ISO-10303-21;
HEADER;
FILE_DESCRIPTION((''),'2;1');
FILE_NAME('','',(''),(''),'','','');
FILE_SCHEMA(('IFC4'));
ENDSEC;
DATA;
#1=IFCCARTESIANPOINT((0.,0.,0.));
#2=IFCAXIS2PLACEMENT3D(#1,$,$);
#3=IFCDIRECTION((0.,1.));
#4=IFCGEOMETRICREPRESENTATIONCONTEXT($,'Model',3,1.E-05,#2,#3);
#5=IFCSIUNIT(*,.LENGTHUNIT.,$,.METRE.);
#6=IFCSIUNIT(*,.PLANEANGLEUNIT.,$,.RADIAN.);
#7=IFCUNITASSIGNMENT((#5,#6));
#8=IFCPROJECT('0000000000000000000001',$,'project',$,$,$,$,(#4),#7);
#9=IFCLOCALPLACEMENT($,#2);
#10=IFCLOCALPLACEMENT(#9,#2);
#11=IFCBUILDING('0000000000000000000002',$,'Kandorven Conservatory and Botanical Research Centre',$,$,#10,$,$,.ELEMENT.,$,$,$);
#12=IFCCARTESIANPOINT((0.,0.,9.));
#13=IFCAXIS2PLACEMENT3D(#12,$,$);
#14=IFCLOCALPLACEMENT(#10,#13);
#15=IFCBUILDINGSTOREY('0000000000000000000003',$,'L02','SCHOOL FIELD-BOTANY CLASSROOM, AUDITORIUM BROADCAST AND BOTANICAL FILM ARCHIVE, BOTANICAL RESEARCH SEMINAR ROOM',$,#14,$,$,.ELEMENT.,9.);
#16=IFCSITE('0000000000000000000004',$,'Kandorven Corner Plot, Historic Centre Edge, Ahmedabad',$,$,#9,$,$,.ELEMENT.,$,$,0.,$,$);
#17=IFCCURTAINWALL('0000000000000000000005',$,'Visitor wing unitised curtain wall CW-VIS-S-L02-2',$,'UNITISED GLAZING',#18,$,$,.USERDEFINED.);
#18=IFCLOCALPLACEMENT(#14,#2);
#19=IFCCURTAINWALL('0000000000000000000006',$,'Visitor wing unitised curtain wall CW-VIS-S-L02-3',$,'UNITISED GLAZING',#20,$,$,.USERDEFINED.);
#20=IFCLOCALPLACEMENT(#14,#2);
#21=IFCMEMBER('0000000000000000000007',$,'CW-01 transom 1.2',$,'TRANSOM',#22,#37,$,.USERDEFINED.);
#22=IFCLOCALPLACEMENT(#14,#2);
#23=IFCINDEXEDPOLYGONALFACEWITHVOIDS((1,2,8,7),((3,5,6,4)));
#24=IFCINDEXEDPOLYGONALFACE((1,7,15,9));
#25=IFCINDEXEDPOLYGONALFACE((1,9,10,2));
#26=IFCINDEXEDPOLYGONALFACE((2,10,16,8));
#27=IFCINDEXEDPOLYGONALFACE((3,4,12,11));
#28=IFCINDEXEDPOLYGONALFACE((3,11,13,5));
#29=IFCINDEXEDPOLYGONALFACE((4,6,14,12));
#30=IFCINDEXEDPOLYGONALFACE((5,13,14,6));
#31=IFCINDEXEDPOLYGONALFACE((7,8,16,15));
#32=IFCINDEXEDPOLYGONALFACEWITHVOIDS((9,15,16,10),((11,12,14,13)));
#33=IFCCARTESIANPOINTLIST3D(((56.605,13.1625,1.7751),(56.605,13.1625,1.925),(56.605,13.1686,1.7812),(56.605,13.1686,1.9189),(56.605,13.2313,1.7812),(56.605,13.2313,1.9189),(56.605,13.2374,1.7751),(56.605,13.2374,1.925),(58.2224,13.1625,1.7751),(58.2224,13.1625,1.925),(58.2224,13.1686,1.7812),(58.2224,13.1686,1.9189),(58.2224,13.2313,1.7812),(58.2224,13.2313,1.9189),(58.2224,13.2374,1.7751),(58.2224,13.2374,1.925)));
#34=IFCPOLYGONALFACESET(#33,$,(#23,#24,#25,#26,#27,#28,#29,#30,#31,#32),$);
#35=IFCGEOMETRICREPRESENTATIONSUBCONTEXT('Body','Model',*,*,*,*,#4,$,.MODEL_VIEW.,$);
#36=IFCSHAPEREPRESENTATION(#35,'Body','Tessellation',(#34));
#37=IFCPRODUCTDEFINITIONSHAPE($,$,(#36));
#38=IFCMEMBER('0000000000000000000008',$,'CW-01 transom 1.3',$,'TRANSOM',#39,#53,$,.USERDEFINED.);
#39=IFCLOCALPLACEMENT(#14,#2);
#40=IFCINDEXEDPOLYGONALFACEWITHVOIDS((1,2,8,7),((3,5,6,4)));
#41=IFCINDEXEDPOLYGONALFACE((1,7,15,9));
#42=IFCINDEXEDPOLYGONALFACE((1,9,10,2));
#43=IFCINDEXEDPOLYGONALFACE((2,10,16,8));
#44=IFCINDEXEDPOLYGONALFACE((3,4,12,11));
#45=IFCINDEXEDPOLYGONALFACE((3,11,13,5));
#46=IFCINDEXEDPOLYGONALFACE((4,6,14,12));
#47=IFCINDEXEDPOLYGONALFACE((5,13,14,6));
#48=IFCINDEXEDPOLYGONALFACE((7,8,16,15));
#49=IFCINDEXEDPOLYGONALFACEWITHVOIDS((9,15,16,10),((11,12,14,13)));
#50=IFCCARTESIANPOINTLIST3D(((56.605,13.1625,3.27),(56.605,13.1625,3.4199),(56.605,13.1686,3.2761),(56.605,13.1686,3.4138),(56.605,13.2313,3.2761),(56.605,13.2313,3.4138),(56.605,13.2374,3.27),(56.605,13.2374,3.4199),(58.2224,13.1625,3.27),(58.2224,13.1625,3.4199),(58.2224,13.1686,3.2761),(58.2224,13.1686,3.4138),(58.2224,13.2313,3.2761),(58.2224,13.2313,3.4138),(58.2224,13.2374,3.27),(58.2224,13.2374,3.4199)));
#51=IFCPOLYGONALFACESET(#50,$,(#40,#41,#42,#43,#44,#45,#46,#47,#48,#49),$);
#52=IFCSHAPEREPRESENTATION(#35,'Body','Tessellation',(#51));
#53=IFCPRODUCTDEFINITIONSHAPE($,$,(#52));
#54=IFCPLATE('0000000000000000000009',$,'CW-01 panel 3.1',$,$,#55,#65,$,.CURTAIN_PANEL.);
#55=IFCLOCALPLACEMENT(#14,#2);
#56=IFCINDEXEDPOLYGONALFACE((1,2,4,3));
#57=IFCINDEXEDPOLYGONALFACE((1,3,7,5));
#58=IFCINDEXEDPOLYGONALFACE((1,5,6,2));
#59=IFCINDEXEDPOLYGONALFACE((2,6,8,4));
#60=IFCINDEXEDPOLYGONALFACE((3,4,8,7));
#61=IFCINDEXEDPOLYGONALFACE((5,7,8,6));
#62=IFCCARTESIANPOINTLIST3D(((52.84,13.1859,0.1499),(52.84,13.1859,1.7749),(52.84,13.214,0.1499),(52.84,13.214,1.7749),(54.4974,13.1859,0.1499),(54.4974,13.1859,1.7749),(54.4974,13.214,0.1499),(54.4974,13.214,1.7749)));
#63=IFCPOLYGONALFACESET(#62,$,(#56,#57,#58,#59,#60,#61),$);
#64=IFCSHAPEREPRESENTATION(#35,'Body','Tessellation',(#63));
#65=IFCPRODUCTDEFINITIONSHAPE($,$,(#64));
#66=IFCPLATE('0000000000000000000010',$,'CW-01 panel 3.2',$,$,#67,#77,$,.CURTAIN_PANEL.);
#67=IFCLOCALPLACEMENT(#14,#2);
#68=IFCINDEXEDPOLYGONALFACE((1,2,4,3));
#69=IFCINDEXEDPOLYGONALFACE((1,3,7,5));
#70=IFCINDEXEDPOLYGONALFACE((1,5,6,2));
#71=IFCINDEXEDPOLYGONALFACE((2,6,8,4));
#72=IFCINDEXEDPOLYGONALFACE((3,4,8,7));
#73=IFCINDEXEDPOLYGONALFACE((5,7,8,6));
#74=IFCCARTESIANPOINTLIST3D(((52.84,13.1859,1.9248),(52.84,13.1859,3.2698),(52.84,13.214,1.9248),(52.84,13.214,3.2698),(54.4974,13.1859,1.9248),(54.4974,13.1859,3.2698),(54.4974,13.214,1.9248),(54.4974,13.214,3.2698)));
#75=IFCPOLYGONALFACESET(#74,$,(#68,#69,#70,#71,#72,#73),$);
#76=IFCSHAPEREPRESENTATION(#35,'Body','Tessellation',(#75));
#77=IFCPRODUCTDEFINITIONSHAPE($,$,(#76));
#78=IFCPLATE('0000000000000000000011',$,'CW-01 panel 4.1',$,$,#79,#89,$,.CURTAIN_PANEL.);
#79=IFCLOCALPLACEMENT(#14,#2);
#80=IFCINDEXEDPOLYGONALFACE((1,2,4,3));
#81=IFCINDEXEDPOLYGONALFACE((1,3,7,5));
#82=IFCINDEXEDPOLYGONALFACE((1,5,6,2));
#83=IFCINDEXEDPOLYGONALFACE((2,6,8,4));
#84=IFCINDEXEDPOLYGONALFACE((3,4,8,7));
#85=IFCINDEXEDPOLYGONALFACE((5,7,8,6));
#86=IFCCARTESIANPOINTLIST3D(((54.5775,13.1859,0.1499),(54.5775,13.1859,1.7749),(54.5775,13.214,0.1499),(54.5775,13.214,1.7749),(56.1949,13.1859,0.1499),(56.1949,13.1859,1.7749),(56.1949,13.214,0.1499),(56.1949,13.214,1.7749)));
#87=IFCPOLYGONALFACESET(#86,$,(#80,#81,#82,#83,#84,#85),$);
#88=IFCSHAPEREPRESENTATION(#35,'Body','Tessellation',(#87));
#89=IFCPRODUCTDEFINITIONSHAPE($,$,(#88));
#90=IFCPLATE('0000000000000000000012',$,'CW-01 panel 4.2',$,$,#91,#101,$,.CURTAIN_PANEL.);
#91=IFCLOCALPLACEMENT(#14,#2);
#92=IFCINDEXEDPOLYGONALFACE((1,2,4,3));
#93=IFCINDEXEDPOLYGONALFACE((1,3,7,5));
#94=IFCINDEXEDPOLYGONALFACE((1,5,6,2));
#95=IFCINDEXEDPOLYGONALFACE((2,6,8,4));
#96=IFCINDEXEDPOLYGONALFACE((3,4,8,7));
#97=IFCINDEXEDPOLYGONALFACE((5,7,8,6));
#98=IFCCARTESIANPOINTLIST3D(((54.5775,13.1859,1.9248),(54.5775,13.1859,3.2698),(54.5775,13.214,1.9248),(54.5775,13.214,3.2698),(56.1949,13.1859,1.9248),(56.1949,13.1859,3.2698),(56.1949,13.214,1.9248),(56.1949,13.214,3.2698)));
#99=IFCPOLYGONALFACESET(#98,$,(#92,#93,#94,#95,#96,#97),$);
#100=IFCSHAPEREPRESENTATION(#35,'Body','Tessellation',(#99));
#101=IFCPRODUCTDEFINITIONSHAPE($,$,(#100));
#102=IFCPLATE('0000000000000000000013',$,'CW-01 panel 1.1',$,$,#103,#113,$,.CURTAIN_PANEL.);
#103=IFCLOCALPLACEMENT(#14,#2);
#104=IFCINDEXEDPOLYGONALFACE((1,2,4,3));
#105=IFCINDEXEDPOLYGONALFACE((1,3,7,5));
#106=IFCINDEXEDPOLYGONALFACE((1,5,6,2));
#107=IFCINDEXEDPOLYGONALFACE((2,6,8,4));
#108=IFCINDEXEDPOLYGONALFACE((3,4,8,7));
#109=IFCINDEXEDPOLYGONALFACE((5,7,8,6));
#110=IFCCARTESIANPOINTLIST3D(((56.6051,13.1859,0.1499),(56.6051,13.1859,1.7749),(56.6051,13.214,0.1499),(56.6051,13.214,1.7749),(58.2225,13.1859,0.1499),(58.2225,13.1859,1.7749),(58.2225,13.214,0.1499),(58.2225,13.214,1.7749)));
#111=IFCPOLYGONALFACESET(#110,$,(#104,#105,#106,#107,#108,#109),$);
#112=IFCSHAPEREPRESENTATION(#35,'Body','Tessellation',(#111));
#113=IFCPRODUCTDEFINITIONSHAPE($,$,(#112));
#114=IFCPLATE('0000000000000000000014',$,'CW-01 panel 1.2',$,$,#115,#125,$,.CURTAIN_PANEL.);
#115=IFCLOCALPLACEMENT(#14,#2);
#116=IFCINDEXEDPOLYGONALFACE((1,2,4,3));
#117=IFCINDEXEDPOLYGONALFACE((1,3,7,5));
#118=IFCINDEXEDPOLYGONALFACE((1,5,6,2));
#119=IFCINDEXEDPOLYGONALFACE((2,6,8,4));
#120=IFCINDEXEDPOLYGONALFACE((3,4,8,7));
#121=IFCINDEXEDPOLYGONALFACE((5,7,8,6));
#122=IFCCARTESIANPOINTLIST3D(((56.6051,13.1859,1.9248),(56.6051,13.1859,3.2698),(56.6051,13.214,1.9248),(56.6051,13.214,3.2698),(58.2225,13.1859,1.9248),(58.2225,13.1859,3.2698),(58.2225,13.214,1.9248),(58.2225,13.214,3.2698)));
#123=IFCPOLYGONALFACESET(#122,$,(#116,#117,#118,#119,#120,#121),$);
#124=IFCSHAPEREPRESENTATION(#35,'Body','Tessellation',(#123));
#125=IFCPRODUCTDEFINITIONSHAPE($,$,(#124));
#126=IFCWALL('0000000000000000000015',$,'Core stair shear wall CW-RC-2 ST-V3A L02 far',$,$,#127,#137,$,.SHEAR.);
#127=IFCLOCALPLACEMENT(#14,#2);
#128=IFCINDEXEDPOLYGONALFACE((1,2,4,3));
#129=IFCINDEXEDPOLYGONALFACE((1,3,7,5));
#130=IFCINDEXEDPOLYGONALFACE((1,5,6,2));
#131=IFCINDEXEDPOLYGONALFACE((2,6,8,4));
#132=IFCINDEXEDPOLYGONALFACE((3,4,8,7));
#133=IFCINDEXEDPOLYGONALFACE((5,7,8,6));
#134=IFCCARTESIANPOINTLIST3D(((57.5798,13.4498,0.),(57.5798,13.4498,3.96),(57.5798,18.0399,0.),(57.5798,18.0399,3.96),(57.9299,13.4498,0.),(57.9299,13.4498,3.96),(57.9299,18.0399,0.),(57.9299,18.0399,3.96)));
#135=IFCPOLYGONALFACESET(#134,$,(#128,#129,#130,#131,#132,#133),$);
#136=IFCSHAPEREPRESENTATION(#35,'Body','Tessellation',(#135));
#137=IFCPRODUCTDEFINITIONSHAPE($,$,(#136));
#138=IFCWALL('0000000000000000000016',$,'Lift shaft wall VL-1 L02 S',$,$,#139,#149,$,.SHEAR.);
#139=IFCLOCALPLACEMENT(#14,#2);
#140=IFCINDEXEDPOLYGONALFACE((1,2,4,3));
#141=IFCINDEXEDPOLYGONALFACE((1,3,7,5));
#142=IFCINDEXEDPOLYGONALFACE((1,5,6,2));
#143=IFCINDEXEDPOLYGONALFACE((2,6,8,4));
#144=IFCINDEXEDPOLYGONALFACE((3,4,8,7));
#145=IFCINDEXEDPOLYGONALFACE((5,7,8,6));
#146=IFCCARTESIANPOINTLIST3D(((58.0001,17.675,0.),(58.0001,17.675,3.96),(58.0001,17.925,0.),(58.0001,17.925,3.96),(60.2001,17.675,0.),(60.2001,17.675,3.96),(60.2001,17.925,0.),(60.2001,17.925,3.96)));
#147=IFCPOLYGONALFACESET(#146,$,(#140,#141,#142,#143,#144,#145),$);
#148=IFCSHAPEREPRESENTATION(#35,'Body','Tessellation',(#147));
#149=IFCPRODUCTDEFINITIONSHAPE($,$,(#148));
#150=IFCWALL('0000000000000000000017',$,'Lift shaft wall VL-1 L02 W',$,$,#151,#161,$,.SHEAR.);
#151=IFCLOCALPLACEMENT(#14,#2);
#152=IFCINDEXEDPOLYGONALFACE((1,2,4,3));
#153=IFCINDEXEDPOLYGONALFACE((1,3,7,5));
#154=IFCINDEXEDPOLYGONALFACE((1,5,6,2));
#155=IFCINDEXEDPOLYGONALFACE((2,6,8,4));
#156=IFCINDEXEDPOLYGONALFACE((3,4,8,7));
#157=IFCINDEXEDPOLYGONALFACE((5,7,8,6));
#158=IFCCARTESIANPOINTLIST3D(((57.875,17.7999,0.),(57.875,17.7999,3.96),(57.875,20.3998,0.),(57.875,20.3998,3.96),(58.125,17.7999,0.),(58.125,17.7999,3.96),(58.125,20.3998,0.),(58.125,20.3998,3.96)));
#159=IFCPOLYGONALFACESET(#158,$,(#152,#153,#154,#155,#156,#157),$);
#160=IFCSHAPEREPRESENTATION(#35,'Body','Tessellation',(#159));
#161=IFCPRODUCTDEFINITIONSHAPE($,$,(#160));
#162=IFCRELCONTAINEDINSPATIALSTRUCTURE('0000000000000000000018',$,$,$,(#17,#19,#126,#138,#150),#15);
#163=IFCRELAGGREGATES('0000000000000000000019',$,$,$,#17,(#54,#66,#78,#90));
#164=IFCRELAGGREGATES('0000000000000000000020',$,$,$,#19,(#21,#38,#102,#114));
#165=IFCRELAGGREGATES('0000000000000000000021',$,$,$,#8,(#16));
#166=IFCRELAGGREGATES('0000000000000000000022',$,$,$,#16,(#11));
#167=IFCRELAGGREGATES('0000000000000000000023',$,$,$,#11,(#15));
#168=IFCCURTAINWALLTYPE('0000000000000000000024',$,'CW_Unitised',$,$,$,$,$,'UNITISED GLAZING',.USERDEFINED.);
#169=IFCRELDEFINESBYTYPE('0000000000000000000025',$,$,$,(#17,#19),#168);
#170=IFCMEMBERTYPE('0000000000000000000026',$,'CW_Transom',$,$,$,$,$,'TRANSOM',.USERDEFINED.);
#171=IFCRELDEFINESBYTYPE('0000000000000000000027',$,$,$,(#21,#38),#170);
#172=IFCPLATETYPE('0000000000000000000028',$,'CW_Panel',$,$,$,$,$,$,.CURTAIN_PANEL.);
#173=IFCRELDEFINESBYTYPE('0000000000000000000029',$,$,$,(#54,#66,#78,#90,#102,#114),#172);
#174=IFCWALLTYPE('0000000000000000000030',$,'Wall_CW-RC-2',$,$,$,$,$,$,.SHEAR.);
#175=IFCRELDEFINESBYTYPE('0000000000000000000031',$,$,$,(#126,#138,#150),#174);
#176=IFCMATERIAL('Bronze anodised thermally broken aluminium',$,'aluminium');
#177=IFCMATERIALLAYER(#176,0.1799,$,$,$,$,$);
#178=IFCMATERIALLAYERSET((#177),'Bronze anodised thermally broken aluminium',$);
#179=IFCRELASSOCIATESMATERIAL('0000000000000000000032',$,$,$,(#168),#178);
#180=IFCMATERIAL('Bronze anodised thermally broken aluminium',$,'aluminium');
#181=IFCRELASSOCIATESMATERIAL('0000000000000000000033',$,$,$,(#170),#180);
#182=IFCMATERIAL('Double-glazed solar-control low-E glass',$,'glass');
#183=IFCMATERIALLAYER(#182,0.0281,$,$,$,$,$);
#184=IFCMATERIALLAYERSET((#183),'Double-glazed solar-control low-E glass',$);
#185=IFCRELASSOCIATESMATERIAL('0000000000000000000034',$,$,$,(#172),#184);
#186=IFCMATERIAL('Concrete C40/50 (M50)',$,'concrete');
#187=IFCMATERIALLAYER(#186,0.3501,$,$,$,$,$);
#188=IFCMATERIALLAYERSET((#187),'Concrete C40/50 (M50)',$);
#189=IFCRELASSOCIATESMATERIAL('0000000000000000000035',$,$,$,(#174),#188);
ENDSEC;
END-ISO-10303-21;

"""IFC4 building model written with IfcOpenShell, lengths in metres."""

from ifc_helpers import new_model, si_unit, direction, frame, frame_2d, origin, origin_2d, place, context, subcontext, project, spatial, rectangle, hollow_rectangle, extrude, material, layer, layer_set, material_profile, profile_set, type_object, element, aggregate, save


model = new_model("IFC4")

# Units and contexts
model_context = context("Model", 3, precision=1e-05, world=origin(), true_north=direction((0.0, 1.0)))
body_context = subcontext(model_context, "Body", "Model", "MODEL_VIEW")
ifc_project = project(units=[si_unit("LENGTHUNIT", "METRE"), si_unit("PLANEANGLEUNIT", "RADIAN")], contexts=[model_context])

# Site, building, storey
site_placement = place(None, origin())
site = spatial("IfcSite", under=ifc_project, at=site_placement, Name="Kandorven Corner Plot, Historic Centre Edge, Ahmedabad", CompositionType="ELEMENT", RefElevation=0.0)
building_placement = place(site_placement, origin())
building = spatial("IfcBuilding", under=site, at=building_placement, Name="Kandorven Conservatory and Botanical Research Centre", CompositionType="ELEMENT")
storey_placement = place(building_placement, frame((0.0, 0.0, 9.0)))
storey = spatial("IfcBuildingStorey", under=building, at=storey_placement, Name="L02", Description="SCHOOL FIELD-BOTANY CLASSROOM, AUDITORIUM BROADCAST AND BOTANICAL FILM ARCHIVE, BOTANICAL RESEARCH SEMINAR ROOM", CompositionType="ELEMENT", Elevation=9.0)

# Curtain walls
ifc_material_1 = material(Name="Bronze anodised thermally broken aluminium", Category="aluminium")
ifc_layer_1 = layer(ifc_material_1, 0.1799)
ifc_layer_set_1 = layer_set([ifc_layer_1], Name="Bronze anodised thermally broken aluminium")
curtain_wall_type = type_object("IfcCurtainWallType", Name="CW_Unitised", ElementType="UNITISED GLAZING", PredefinedType="USERDEFINED", material=ifc_layer_set_1)
curtain_wall_1_placement = place(storey_placement, origin())
curtain_wall_1 = element("IfcCurtainWall", 1, at=curtain_wall_1_placement, inside=storey, type_object=curtain_wall_type, Name="Visitor wing unitised curtain wall CW-VIS-S-L02-2", ObjectType="UNITISED GLAZING", PredefinedType="USERDEFINED")
curtain_wall_2_placement = place(storey_placement, origin())
curtain_wall_2 = element("IfcCurtainWall", 2, at=curtain_wall_2_placement, inside=storey, type_object=curtain_wall_type, Name="Visitor wing unitised curtain wall CW-VIS-S-L02-3", ObjectType="UNITISED GLAZING", PredefinedType="USERDEFINED")

# Members
ifc_material_2 = material(Name="Bronze anodised thermally broken aluminium", Category="aluminium")
ifc_material_profile_1 = material_profile(ifc_material_2, hollow_rectangle(XDim=0.075, YDim=0.1499, WallThickness=0.0061, at=origin_2d()))
ifc_profile_set_1 = profile_set([ifc_material_profile_1], Name="Bronze anodised thermally broken aluminium")
member_type_1 = type_object("IfcMemberType", Name="CW_Transom", ElementType="TRANSOM", PredefinedType="USERDEFINED", material=ifc_profile_set_1)
member_1_placement = place(storey_placement, frame((56.605, 13.2, 1.8501), z_axis=(1.0, 0.0, 0.0), x_axis=(0.0, 1.0, 0.0)))
member_1 = element("IfcMember", 3, at=member_1_placement, type_object=member_type_1, Name="CW-01 transom 1.2", ObjectType="TRANSOM", PredefinedType="USERDEFINED", context=body_context, shape_type="SweptSolid", body=[
    extrude(hollow_rectangle(XDim=0.075, YDim=0.1499, WallThickness=0.0061, at=origin_2d()), origin(), (0.0, 0.0, 1.0), 1.6174),
])
member_2_placement = place(storey_placement, frame((56.605, 13.2, 3.345), z_axis=(1.0, 0.0, 0.0), x_axis=(0.0, 1.0, 0.0)))
member_2 = element("IfcMember", 4, at=member_2_placement, type_object=member_type_1, Name="CW-01 transom 1.3", ObjectType="TRANSOM", PredefinedType="USERDEFINED", context=body_context, shape_type="SweptSolid", body=[
    extrude(hollow_rectangle(XDim=0.075, YDim=0.1499, WallThickness=0.0061, at=origin_2d()), origin(), (0.0, 0.0, 1.0), 1.6174),
])

# Plates
ifc_material_3 = material(Name="Double-glazed solar-control low-E glass", Category="glass")
ifc_layer_2 = layer(ifc_material_3, 0.0281)
ifc_layer_set_2 = layer_set([ifc_layer_2], Name="Double-glazed solar-control low-E glass")
plate_type = type_object("IfcPlateType", Name="CW_Panel", PredefinedType="CURTAIN_PANEL", material=ifc_layer_set_2)
plate_1_placement = place(storey_placement, frame((53.6687, 13.2, 0.1499), z_axis=(0.0, 0.0, 1.0), x_axis=(1.0, 0.0, 0.0)))
plate_1 = element("IfcPlate", 5, at=plate_1_placement, type_object=plate_type, Name="CW-01 panel 3.1", PredefinedType="CURTAIN_PANEL", context=body_context, shape_type="SweptSolid", body=[
    extrude(rectangle(XDim=1.6575, YDim=0.0281, at=origin_2d()), origin(), (0.0, 0.0, 1.0), 1.625),
])
plate_2_placement = place(storey_placement, frame((53.6687, 13.2, 1.9248), z_axis=(0.0, 0.0, 1.0), x_axis=(1.0, 0.0, 0.0)))
plate_2 = element("IfcPlate", 6, at=plate_2_placement, type_object=plate_type, Name="CW-01 panel 3.2", PredefinedType="CURTAIN_PANEL", context=body_context, shape_type="SweptSolid", body=[
    extrude(rectangle(XDim=1.6575, YDim=0.0281, at=origin_2d()), origin(), (0.0, 0.0, 1.0), 1.345),
])
plate_3_placement = place(storey_placement, frame((55.3862, 13.2, 0.1499), z_axis=(0.0, 0.0, 1.0), x_axis=(1.0, 0.0, 0.0)))
plate_3 = element("IfcPlate", 7, at=plate_3_placement, type_object=plate_type, Name="CW-01 panel 4.1", PredefinedType="CURTAIN_PANEL", context=body_context, shape_type="SweptSolid", body=[
    extrude(rectangle(XDim=1.6174, YDim=0.0281, at=origin_2d()), origin(), (0.0, 0.0, 1.0), 1.625),
])
plate_4_placement = place(storey_placement, frame((55.3862, 13.2, 1.9248), z_axis=(0.0, 0.0, 1.0), x_axis=(1.0, 0.0, 0.0)))
plate_4 = element("IfcPlate", 8, at=plate_4_placement, type_object=plate_type, Name="CW-01 panel 4.2", PredefinedType="CURTAIN_PANEL", context=body_context, shape_type="SweptSolid", body=[
    extrude(rectangle(XDim=1.6174, YDim=0.0281, at=origin_2d()), origin(), (0.0, 0.0, 1.0), 1.345),
])
aggregate(curtain_wall_1, [plate_1, plate_2, plate_3, plate_4])
plate_5_placement = place(storey_placement, frame((57.4138, 13.2, 0.1499), z_axis=(0.0, 0.0, 1.0), x_axis=(1.0, 0.0, 0.0)))
plate_5 = element("IfcPlate", 9, at=plate_5_placement, type_object=plate_type, Name="CW-01 panel 1.1", PredefinedType="CURTAIN_PANEL", context=body_context, shape_type="SweptSolid", body=[
    extrude(rectangle(XDim=1.6174, YDim=0.0281, at=origin_2d()), origin(), (0.0, 0.0, 1.0), 1.625),
])
plate_6_placement = place(storey_placement, frame((57.4138, 13.2, 1.9248), z_axis=(0.0, 0.0, 1.0), x_axis=(1.0, 0.0, 0.0)))
plate_6 = element("IfcPlate", 10, at=plate_6_placement, type_object=plate_type, Name="CW-01 panel 1.2", PredefinedType="CURTAIN_PANEL", context=body_context, shape_type="SweptSolid", body=[
    extrude(rectangle(XDim=1.6174, YDim=0.0281, at=origin_2d()), origin(), (0.0, 0.0, 1.0), 1.345),
])
aggregate(curtain_wall_2, [member_1, member_2, plate_5, plate_6])

# Walls
ifc_material_4 = material(Name="Concrete C40/50 (M50)", Category="concrete")
ifc_layer_3 = layer(ifc_material_4, 0.3501)
ifc_layer_set_3 = layer_set([ifc_layer_3], Name="Concrete C40/50 (M50)")
wall_type = type_object("IfcWallType", Name="Wall_CW-RC-2", PredefinedType="SHEAR", material=ifc_layer_set_3)
wall_1_placement = place(storey_placement, frame((57.7549, 13.45, 0.0), z_axis=(0.0, 0.0, 1.0), x_axis=(0.0, 1.0, 0.0)))
element("IfcWall", 11, at=wall_1_placement, inside=storey, type_object=wall_type, Name="Core stair shear wall CW-RC-2 ST-V3A L02 far", PredefinedType="SHEAR", context=body_context, shape_type="SweptSolid", body=[
    extrude(rectangle(XDim=4.5901, YDim=0.3501, at=frame_2d((2.2949, 0.0))), origin(), (0.0, 0.0, 1.0), 3.96),
])
wall_2_placement = place(storey_placement, frame((58.0, 17.8, 0.0), z_axis=(0.0, 0.0, 1.0), x_axis=(1.0, 0.0, 0.0)))
element("IfcWall", 12, at=wall_2_placement, inside=storey, type_object=wall_type, Name="Lift shaft wall VL-1 L02 S", PredefinedType="SHEAR", context=body_context, shape_type="SweptSolid", body=[
    extrude(rectangle(XDim=2.2, YDim=0.25, at=frame_2d((1.1001, 0.0))), origin(), (0.0, 0.0, 1.0), 3.96),
])
wall_3_placement = place(storey_placement, frame((58.0, 17.8, 0.0), z_axis=(0.0, 0.0, 1.0), x_axis=(0.0, 1.0, 0.0)))
element("IfcWall", 13, at=wall_3_placement, inside=storey, type_object=wall_type, Name="Lift shaft wall VL-1 L02 W", PredefinedType="SHEAR", context=body_context, shape_type="SweptSolid", body=[
    extrude(rectangle(XDim=2.5999, YDim=0.25, at=frame_2d((1.2998, 0.0))), origin(), (0.0, 0.0, 1.0), 3.96),
])

save(model, "model.ifc")
